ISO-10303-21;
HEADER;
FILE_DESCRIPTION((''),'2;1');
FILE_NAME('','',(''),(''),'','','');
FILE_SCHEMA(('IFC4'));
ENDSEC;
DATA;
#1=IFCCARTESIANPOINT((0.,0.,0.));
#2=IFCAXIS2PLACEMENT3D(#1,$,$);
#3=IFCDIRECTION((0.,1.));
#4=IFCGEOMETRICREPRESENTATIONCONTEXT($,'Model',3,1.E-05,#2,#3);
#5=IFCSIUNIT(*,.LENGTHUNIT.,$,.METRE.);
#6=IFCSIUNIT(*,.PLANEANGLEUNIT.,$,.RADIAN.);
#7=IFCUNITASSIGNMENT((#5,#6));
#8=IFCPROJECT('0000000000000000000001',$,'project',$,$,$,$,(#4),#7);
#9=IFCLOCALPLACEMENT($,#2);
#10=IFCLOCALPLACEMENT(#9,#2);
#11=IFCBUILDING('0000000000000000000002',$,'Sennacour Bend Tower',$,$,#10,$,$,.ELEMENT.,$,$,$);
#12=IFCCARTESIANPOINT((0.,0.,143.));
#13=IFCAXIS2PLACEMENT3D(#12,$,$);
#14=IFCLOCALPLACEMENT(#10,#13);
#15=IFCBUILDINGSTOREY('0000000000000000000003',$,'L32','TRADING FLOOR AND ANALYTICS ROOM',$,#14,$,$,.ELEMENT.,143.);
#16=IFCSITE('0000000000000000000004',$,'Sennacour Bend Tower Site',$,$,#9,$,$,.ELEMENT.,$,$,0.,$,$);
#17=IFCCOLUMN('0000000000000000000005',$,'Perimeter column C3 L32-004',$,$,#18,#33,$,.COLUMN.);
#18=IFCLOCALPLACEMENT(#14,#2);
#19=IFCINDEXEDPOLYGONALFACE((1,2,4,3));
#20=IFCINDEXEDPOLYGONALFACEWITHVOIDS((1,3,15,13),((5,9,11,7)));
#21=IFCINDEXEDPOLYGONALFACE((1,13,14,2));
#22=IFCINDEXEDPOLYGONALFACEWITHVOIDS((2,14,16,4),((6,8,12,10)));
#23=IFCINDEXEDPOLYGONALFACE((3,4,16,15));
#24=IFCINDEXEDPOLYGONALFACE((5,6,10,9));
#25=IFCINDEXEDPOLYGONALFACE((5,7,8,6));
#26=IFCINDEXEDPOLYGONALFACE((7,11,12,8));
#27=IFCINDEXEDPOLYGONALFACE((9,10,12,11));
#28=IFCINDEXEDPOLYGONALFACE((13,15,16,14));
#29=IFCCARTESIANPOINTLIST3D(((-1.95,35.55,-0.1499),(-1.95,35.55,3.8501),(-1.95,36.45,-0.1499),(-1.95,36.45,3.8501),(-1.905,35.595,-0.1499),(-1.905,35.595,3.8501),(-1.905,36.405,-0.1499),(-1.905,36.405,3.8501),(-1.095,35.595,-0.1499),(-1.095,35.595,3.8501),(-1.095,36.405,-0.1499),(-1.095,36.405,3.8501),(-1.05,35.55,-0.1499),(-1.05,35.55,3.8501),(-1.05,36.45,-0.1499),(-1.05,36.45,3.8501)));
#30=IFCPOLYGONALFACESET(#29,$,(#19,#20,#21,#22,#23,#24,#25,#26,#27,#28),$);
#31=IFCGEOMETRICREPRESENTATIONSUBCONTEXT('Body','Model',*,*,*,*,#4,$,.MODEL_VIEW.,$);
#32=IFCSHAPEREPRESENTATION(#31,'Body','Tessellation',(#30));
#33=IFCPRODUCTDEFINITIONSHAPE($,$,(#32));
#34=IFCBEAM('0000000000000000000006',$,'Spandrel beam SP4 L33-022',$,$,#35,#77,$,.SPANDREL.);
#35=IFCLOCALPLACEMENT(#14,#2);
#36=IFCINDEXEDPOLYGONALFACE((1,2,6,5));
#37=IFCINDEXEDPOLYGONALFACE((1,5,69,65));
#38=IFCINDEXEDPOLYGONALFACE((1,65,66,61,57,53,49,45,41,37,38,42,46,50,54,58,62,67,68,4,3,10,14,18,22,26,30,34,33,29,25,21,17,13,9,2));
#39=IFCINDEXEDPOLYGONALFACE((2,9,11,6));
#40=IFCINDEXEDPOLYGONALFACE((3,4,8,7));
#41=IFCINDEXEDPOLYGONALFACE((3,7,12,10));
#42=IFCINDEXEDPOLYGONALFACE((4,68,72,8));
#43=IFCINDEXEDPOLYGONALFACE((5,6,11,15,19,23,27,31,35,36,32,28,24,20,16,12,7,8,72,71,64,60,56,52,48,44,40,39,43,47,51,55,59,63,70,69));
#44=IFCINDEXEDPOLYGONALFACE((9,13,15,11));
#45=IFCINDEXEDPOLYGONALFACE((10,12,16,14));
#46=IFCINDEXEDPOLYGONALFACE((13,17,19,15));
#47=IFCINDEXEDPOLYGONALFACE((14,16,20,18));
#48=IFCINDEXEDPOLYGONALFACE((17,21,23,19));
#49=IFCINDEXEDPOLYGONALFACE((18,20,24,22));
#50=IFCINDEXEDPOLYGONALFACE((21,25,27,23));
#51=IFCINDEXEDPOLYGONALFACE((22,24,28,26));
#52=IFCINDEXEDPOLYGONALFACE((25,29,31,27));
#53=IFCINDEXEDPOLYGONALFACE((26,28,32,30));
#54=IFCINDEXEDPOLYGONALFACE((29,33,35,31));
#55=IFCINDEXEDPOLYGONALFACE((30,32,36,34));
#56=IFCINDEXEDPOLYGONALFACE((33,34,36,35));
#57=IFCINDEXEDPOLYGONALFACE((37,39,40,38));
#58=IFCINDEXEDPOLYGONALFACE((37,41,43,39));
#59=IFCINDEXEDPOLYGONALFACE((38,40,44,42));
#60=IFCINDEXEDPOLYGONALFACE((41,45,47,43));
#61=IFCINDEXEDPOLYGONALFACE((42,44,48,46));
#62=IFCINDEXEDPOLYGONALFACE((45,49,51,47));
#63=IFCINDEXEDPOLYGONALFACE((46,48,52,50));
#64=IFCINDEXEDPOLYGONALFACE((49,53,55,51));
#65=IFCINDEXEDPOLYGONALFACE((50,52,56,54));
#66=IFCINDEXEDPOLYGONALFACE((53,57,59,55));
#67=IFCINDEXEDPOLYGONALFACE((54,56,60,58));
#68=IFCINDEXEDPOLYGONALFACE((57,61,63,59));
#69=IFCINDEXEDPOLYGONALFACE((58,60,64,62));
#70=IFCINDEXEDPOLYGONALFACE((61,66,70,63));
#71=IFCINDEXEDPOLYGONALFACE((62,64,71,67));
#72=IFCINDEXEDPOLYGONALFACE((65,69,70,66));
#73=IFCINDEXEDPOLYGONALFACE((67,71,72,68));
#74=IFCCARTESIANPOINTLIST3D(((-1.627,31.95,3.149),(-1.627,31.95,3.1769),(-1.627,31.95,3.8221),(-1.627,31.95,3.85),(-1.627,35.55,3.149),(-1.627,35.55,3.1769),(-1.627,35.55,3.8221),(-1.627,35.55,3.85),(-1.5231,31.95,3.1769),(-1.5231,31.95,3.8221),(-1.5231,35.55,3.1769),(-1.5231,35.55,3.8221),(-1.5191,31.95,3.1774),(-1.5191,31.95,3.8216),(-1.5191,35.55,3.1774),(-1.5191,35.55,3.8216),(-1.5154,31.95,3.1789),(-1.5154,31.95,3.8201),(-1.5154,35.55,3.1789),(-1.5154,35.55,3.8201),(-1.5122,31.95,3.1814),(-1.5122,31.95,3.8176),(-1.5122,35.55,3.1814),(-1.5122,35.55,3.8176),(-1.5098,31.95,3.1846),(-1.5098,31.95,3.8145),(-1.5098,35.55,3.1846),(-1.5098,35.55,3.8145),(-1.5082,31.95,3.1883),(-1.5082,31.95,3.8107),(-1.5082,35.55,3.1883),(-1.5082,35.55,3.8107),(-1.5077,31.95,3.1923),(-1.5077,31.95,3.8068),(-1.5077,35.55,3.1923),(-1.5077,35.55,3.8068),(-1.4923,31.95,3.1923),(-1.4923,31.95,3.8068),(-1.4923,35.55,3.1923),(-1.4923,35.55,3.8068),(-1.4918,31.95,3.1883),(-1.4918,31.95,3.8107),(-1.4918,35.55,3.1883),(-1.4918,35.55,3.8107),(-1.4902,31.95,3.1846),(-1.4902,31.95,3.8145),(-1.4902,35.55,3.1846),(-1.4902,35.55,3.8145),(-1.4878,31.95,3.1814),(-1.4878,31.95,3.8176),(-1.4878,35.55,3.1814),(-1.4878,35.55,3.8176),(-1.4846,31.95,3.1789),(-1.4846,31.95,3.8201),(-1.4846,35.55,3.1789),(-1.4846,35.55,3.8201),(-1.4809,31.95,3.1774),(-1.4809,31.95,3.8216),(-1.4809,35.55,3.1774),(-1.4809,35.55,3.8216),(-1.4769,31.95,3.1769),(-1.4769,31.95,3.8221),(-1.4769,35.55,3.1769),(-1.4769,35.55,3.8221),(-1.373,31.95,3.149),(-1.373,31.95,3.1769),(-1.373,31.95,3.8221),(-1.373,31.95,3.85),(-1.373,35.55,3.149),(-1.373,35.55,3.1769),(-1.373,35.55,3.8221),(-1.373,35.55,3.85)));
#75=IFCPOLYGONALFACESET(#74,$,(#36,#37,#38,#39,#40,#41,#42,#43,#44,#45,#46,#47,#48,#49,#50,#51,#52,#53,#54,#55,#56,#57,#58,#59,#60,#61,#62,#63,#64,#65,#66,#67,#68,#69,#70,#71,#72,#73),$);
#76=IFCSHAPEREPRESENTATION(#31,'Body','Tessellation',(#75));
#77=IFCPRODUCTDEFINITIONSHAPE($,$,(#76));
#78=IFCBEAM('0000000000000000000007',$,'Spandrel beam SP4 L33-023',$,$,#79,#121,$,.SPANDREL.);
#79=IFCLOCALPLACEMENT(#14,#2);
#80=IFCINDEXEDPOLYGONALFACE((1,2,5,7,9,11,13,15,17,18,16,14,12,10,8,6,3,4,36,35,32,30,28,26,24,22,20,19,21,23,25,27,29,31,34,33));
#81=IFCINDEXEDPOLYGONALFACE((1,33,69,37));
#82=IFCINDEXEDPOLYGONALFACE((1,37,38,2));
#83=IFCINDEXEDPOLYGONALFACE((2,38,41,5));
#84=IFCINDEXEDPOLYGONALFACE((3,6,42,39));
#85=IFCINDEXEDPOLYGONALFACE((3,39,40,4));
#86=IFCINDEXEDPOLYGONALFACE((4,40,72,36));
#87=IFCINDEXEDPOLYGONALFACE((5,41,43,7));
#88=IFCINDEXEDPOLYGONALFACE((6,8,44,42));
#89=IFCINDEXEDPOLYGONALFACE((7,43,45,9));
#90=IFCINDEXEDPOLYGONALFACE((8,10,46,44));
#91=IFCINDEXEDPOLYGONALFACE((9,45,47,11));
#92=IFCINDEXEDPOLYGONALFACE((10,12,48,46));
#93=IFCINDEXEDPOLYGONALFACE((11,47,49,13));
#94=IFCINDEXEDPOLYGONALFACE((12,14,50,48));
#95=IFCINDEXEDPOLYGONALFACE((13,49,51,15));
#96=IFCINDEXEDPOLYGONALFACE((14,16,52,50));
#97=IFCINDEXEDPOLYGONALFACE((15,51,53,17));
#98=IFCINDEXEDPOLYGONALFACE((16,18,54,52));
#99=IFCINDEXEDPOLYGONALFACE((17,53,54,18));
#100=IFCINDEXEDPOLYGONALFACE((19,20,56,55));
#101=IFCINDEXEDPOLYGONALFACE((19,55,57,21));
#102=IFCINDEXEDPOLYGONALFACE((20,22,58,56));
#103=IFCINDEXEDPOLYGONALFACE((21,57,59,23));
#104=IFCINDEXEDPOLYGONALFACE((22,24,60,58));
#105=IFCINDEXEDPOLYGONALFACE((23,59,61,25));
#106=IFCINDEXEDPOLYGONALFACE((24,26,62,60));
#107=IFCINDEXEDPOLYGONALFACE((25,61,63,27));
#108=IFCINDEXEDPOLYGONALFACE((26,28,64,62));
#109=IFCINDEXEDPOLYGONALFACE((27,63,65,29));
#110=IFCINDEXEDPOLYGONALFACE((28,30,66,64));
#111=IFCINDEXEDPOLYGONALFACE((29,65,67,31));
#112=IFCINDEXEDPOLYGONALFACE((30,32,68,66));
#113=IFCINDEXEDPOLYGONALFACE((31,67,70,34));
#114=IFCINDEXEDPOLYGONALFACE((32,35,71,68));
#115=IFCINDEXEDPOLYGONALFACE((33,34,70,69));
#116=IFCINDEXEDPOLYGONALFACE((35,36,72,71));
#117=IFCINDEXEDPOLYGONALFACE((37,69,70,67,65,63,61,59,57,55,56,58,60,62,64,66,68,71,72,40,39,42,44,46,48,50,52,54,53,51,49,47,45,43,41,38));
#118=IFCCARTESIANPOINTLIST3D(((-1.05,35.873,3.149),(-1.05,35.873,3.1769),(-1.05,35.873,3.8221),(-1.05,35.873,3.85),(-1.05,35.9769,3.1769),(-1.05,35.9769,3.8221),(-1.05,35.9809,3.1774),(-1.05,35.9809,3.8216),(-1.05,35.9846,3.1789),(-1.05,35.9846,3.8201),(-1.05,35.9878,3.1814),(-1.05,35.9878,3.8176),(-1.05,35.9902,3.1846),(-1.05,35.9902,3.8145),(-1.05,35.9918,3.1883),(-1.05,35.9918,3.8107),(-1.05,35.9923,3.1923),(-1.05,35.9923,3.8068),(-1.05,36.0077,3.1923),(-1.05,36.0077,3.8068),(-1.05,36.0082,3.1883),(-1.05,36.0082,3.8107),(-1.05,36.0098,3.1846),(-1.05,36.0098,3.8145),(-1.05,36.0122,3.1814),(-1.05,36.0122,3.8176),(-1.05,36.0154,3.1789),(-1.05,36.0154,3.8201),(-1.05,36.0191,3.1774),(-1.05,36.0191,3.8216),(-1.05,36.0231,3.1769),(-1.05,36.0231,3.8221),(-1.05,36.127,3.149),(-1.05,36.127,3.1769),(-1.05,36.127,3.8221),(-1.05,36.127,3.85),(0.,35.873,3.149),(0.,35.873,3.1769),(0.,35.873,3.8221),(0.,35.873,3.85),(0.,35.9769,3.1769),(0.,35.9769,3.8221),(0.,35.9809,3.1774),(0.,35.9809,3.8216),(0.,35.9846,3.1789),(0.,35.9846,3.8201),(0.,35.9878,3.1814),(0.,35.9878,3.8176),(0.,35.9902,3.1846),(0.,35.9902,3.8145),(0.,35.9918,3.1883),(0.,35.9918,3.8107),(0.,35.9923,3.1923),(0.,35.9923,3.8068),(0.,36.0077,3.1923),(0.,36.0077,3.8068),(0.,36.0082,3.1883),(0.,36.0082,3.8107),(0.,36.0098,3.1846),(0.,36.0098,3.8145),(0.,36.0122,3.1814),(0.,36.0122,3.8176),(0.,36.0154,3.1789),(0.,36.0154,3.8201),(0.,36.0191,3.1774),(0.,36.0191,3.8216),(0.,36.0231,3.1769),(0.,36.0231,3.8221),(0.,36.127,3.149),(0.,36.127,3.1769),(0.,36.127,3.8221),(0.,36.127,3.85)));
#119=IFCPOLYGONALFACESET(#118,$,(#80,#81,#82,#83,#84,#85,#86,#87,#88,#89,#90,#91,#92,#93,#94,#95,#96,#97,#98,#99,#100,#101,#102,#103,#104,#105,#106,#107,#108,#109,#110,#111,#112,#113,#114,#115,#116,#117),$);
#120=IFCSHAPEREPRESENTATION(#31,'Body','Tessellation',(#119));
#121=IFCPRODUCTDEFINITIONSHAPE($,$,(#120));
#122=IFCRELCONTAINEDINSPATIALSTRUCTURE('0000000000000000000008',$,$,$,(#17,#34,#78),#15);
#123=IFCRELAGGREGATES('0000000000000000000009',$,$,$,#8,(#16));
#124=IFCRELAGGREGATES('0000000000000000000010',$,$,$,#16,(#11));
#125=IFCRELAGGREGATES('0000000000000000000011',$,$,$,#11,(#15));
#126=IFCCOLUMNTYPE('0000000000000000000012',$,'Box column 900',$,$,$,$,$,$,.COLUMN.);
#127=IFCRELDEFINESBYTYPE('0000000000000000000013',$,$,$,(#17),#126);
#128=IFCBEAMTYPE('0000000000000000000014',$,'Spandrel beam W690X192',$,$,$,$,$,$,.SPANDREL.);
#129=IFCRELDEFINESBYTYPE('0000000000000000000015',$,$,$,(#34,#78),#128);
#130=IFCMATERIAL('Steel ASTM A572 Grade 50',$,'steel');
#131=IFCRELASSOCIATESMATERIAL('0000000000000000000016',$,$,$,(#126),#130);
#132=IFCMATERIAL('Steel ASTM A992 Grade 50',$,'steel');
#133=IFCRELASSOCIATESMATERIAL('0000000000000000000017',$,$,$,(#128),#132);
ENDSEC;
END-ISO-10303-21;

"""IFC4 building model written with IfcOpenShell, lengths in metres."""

from ifc_helpers import new_model, si_unit, direction, frame, origin, origin_2d, place, context, subcontext, project, spatial, hollow_rectangle, i_section, extrude, material, material_profile, profile_set, type_object, element, save


model = new_model("IFC4")

# Units and contexts
model_context = context("Model", 3, precision=1e-05, world=origin(), true_north=direction((0.0, 1.0)))
body_context = subcontext(model_context, "Body", "Model", "MODEL_VIEW")
ifc_project = project(units=[si_unit("LENGTHUNIT", "METRE"), si_unit("PLANEANGLEUNIT", "RADIAN")], contexts=[model_context])

# Site, building, storey
site_placement = place(None, origin())
site = spatial("IfcSite", under=ifc_project, at=site_placement, Name="Sennacour Bend Tower Site", CompositionType="ELEMENT", RefElevation=0.0)
building_placement = place(site_placement, origin())
building = spatial("IfcBuilding", under=site, at=building_placement, Name="Sennacour Bend Tower", CompositionType="ELEMENT")
storey_placement = place(building_placement, frame((0.0, 0.0, 143.0)))
storey = spatial("IfcBuildingStorey", under=building, at=storey_placement, Name="L32", Description="TRADING FLOOR AND ANALYTICS ROOM", CompositionType="ELEMENT", Elevation=143.0)

# Column
ifc_material_1 = material(Name="Steel ASTM A572 Grade 50", Category="steel")
ifc_material_profile_1 = material_profile(ifc_material_1, hollow_rectangle(XDim=0.8999, YDim=0.8999, WallThickness=0.0449, at=origin_2d()), Name="Steel ASTM A572 Grade 50", Category="steel")
ifc_profile_set_1 = profile_set([ifc_material_profile_1], Name="Steel ASTM A572 Grade 50")
column_type = type_object("IfcColumnType", Name="Box column 900", PredefinedType="COLUMN", material=ifc_profile_set_1)
column_placement = place(storey_placement, frame((-1.5, 36.0, -0.1499), z_axis=(0.0, 0.0, 1.0), x_axis=(1.0, 0.0, 0.0)))
element("IfcColumn", 1, at=column_placement, inside=storey, type_object=column_type, Name="Perimeter column C3 L32-004", PredefinedType="COLUMN", context=body_context, shape_type="SweptSolid", body=[
    extrude(hollow_rectangle(XDim=0.8999, YDim=0.8999, WallThickness=0.0449, at=origin_2d()), origin(), (0.0, 0.0, 1.0), 4.0),
])

# Beams
ifc_material_2 = material(Name="Steel ASTM A992 Grade 50", Category="steel")
ifc_material_profile_2 = material_profile(ifc_material_2, i_section(OverallWidth=0.2539, OverallDepth=0.7009, WebThickness=0.0154, FlangeThickness=0.0278, FilletRadius=0.0154, at=origin_2d()), Name="Steel ASTM A992 Grade 50", Category="steel")
ifc_profile_set_2 = profile_set([ifc_material_profile_2], Name="Steel ASTM A992 Grade 50")
beam_type = type_object("IfcBeamType", Name="Spandrel beam W690X192", PredefinedType="SPANDREL", material=ifc_profile_set_2)
beam_1_placement = place(storey_placement, frame((-1.5, 31.95, 3.4995), z_axis=(0.0, 1.0, 0.0), x_axis=(-1.0, 0.0, 0.0)))
element("IfcBeam", 2, at=beam_1_placement, inside=storey, type_object=beam_type, Name="Spandrel beam SP4 L33-022", PredefinedType="SPANDREL", context=body_context, shape_type="SweptSolid", body=[
    extrude(i_section(OverallWidth=0.2539, OverallDepth=0.7009, WebThickness=0.0154, FlangeThickness=0.0278, FilletRadius=0.0154, at=origin_2d()), origin(), (0.0, 0.0, 1.0), 3.6001),
])
beam_2_placement = place(storey_placement, frame((-1.05, 36.0, 3.4995), z_axis=(1.0, 0.0, 0.0), x_axis=(0.0, 1.0, 0.0)))
element("IfcBeam", 3, at=beam_2_placement, inside=storey, type_object=beam_type, Name="Spandrel beam SP4 L33-023", PredefinedType="SPANDREL", context=body_context, shape_type="SweptSolid", body=[
    extrude(i_section(OverallWidth=0.2539, OverallDepth=0.7009, WebThickness=0.0154, FlangeThickness=0.0278, FilletRadius=0.0154, at=origin_2d()), origin(), (0.0, 0.0, 1.0), 1.05),
])

save(model, "model.ifc")
